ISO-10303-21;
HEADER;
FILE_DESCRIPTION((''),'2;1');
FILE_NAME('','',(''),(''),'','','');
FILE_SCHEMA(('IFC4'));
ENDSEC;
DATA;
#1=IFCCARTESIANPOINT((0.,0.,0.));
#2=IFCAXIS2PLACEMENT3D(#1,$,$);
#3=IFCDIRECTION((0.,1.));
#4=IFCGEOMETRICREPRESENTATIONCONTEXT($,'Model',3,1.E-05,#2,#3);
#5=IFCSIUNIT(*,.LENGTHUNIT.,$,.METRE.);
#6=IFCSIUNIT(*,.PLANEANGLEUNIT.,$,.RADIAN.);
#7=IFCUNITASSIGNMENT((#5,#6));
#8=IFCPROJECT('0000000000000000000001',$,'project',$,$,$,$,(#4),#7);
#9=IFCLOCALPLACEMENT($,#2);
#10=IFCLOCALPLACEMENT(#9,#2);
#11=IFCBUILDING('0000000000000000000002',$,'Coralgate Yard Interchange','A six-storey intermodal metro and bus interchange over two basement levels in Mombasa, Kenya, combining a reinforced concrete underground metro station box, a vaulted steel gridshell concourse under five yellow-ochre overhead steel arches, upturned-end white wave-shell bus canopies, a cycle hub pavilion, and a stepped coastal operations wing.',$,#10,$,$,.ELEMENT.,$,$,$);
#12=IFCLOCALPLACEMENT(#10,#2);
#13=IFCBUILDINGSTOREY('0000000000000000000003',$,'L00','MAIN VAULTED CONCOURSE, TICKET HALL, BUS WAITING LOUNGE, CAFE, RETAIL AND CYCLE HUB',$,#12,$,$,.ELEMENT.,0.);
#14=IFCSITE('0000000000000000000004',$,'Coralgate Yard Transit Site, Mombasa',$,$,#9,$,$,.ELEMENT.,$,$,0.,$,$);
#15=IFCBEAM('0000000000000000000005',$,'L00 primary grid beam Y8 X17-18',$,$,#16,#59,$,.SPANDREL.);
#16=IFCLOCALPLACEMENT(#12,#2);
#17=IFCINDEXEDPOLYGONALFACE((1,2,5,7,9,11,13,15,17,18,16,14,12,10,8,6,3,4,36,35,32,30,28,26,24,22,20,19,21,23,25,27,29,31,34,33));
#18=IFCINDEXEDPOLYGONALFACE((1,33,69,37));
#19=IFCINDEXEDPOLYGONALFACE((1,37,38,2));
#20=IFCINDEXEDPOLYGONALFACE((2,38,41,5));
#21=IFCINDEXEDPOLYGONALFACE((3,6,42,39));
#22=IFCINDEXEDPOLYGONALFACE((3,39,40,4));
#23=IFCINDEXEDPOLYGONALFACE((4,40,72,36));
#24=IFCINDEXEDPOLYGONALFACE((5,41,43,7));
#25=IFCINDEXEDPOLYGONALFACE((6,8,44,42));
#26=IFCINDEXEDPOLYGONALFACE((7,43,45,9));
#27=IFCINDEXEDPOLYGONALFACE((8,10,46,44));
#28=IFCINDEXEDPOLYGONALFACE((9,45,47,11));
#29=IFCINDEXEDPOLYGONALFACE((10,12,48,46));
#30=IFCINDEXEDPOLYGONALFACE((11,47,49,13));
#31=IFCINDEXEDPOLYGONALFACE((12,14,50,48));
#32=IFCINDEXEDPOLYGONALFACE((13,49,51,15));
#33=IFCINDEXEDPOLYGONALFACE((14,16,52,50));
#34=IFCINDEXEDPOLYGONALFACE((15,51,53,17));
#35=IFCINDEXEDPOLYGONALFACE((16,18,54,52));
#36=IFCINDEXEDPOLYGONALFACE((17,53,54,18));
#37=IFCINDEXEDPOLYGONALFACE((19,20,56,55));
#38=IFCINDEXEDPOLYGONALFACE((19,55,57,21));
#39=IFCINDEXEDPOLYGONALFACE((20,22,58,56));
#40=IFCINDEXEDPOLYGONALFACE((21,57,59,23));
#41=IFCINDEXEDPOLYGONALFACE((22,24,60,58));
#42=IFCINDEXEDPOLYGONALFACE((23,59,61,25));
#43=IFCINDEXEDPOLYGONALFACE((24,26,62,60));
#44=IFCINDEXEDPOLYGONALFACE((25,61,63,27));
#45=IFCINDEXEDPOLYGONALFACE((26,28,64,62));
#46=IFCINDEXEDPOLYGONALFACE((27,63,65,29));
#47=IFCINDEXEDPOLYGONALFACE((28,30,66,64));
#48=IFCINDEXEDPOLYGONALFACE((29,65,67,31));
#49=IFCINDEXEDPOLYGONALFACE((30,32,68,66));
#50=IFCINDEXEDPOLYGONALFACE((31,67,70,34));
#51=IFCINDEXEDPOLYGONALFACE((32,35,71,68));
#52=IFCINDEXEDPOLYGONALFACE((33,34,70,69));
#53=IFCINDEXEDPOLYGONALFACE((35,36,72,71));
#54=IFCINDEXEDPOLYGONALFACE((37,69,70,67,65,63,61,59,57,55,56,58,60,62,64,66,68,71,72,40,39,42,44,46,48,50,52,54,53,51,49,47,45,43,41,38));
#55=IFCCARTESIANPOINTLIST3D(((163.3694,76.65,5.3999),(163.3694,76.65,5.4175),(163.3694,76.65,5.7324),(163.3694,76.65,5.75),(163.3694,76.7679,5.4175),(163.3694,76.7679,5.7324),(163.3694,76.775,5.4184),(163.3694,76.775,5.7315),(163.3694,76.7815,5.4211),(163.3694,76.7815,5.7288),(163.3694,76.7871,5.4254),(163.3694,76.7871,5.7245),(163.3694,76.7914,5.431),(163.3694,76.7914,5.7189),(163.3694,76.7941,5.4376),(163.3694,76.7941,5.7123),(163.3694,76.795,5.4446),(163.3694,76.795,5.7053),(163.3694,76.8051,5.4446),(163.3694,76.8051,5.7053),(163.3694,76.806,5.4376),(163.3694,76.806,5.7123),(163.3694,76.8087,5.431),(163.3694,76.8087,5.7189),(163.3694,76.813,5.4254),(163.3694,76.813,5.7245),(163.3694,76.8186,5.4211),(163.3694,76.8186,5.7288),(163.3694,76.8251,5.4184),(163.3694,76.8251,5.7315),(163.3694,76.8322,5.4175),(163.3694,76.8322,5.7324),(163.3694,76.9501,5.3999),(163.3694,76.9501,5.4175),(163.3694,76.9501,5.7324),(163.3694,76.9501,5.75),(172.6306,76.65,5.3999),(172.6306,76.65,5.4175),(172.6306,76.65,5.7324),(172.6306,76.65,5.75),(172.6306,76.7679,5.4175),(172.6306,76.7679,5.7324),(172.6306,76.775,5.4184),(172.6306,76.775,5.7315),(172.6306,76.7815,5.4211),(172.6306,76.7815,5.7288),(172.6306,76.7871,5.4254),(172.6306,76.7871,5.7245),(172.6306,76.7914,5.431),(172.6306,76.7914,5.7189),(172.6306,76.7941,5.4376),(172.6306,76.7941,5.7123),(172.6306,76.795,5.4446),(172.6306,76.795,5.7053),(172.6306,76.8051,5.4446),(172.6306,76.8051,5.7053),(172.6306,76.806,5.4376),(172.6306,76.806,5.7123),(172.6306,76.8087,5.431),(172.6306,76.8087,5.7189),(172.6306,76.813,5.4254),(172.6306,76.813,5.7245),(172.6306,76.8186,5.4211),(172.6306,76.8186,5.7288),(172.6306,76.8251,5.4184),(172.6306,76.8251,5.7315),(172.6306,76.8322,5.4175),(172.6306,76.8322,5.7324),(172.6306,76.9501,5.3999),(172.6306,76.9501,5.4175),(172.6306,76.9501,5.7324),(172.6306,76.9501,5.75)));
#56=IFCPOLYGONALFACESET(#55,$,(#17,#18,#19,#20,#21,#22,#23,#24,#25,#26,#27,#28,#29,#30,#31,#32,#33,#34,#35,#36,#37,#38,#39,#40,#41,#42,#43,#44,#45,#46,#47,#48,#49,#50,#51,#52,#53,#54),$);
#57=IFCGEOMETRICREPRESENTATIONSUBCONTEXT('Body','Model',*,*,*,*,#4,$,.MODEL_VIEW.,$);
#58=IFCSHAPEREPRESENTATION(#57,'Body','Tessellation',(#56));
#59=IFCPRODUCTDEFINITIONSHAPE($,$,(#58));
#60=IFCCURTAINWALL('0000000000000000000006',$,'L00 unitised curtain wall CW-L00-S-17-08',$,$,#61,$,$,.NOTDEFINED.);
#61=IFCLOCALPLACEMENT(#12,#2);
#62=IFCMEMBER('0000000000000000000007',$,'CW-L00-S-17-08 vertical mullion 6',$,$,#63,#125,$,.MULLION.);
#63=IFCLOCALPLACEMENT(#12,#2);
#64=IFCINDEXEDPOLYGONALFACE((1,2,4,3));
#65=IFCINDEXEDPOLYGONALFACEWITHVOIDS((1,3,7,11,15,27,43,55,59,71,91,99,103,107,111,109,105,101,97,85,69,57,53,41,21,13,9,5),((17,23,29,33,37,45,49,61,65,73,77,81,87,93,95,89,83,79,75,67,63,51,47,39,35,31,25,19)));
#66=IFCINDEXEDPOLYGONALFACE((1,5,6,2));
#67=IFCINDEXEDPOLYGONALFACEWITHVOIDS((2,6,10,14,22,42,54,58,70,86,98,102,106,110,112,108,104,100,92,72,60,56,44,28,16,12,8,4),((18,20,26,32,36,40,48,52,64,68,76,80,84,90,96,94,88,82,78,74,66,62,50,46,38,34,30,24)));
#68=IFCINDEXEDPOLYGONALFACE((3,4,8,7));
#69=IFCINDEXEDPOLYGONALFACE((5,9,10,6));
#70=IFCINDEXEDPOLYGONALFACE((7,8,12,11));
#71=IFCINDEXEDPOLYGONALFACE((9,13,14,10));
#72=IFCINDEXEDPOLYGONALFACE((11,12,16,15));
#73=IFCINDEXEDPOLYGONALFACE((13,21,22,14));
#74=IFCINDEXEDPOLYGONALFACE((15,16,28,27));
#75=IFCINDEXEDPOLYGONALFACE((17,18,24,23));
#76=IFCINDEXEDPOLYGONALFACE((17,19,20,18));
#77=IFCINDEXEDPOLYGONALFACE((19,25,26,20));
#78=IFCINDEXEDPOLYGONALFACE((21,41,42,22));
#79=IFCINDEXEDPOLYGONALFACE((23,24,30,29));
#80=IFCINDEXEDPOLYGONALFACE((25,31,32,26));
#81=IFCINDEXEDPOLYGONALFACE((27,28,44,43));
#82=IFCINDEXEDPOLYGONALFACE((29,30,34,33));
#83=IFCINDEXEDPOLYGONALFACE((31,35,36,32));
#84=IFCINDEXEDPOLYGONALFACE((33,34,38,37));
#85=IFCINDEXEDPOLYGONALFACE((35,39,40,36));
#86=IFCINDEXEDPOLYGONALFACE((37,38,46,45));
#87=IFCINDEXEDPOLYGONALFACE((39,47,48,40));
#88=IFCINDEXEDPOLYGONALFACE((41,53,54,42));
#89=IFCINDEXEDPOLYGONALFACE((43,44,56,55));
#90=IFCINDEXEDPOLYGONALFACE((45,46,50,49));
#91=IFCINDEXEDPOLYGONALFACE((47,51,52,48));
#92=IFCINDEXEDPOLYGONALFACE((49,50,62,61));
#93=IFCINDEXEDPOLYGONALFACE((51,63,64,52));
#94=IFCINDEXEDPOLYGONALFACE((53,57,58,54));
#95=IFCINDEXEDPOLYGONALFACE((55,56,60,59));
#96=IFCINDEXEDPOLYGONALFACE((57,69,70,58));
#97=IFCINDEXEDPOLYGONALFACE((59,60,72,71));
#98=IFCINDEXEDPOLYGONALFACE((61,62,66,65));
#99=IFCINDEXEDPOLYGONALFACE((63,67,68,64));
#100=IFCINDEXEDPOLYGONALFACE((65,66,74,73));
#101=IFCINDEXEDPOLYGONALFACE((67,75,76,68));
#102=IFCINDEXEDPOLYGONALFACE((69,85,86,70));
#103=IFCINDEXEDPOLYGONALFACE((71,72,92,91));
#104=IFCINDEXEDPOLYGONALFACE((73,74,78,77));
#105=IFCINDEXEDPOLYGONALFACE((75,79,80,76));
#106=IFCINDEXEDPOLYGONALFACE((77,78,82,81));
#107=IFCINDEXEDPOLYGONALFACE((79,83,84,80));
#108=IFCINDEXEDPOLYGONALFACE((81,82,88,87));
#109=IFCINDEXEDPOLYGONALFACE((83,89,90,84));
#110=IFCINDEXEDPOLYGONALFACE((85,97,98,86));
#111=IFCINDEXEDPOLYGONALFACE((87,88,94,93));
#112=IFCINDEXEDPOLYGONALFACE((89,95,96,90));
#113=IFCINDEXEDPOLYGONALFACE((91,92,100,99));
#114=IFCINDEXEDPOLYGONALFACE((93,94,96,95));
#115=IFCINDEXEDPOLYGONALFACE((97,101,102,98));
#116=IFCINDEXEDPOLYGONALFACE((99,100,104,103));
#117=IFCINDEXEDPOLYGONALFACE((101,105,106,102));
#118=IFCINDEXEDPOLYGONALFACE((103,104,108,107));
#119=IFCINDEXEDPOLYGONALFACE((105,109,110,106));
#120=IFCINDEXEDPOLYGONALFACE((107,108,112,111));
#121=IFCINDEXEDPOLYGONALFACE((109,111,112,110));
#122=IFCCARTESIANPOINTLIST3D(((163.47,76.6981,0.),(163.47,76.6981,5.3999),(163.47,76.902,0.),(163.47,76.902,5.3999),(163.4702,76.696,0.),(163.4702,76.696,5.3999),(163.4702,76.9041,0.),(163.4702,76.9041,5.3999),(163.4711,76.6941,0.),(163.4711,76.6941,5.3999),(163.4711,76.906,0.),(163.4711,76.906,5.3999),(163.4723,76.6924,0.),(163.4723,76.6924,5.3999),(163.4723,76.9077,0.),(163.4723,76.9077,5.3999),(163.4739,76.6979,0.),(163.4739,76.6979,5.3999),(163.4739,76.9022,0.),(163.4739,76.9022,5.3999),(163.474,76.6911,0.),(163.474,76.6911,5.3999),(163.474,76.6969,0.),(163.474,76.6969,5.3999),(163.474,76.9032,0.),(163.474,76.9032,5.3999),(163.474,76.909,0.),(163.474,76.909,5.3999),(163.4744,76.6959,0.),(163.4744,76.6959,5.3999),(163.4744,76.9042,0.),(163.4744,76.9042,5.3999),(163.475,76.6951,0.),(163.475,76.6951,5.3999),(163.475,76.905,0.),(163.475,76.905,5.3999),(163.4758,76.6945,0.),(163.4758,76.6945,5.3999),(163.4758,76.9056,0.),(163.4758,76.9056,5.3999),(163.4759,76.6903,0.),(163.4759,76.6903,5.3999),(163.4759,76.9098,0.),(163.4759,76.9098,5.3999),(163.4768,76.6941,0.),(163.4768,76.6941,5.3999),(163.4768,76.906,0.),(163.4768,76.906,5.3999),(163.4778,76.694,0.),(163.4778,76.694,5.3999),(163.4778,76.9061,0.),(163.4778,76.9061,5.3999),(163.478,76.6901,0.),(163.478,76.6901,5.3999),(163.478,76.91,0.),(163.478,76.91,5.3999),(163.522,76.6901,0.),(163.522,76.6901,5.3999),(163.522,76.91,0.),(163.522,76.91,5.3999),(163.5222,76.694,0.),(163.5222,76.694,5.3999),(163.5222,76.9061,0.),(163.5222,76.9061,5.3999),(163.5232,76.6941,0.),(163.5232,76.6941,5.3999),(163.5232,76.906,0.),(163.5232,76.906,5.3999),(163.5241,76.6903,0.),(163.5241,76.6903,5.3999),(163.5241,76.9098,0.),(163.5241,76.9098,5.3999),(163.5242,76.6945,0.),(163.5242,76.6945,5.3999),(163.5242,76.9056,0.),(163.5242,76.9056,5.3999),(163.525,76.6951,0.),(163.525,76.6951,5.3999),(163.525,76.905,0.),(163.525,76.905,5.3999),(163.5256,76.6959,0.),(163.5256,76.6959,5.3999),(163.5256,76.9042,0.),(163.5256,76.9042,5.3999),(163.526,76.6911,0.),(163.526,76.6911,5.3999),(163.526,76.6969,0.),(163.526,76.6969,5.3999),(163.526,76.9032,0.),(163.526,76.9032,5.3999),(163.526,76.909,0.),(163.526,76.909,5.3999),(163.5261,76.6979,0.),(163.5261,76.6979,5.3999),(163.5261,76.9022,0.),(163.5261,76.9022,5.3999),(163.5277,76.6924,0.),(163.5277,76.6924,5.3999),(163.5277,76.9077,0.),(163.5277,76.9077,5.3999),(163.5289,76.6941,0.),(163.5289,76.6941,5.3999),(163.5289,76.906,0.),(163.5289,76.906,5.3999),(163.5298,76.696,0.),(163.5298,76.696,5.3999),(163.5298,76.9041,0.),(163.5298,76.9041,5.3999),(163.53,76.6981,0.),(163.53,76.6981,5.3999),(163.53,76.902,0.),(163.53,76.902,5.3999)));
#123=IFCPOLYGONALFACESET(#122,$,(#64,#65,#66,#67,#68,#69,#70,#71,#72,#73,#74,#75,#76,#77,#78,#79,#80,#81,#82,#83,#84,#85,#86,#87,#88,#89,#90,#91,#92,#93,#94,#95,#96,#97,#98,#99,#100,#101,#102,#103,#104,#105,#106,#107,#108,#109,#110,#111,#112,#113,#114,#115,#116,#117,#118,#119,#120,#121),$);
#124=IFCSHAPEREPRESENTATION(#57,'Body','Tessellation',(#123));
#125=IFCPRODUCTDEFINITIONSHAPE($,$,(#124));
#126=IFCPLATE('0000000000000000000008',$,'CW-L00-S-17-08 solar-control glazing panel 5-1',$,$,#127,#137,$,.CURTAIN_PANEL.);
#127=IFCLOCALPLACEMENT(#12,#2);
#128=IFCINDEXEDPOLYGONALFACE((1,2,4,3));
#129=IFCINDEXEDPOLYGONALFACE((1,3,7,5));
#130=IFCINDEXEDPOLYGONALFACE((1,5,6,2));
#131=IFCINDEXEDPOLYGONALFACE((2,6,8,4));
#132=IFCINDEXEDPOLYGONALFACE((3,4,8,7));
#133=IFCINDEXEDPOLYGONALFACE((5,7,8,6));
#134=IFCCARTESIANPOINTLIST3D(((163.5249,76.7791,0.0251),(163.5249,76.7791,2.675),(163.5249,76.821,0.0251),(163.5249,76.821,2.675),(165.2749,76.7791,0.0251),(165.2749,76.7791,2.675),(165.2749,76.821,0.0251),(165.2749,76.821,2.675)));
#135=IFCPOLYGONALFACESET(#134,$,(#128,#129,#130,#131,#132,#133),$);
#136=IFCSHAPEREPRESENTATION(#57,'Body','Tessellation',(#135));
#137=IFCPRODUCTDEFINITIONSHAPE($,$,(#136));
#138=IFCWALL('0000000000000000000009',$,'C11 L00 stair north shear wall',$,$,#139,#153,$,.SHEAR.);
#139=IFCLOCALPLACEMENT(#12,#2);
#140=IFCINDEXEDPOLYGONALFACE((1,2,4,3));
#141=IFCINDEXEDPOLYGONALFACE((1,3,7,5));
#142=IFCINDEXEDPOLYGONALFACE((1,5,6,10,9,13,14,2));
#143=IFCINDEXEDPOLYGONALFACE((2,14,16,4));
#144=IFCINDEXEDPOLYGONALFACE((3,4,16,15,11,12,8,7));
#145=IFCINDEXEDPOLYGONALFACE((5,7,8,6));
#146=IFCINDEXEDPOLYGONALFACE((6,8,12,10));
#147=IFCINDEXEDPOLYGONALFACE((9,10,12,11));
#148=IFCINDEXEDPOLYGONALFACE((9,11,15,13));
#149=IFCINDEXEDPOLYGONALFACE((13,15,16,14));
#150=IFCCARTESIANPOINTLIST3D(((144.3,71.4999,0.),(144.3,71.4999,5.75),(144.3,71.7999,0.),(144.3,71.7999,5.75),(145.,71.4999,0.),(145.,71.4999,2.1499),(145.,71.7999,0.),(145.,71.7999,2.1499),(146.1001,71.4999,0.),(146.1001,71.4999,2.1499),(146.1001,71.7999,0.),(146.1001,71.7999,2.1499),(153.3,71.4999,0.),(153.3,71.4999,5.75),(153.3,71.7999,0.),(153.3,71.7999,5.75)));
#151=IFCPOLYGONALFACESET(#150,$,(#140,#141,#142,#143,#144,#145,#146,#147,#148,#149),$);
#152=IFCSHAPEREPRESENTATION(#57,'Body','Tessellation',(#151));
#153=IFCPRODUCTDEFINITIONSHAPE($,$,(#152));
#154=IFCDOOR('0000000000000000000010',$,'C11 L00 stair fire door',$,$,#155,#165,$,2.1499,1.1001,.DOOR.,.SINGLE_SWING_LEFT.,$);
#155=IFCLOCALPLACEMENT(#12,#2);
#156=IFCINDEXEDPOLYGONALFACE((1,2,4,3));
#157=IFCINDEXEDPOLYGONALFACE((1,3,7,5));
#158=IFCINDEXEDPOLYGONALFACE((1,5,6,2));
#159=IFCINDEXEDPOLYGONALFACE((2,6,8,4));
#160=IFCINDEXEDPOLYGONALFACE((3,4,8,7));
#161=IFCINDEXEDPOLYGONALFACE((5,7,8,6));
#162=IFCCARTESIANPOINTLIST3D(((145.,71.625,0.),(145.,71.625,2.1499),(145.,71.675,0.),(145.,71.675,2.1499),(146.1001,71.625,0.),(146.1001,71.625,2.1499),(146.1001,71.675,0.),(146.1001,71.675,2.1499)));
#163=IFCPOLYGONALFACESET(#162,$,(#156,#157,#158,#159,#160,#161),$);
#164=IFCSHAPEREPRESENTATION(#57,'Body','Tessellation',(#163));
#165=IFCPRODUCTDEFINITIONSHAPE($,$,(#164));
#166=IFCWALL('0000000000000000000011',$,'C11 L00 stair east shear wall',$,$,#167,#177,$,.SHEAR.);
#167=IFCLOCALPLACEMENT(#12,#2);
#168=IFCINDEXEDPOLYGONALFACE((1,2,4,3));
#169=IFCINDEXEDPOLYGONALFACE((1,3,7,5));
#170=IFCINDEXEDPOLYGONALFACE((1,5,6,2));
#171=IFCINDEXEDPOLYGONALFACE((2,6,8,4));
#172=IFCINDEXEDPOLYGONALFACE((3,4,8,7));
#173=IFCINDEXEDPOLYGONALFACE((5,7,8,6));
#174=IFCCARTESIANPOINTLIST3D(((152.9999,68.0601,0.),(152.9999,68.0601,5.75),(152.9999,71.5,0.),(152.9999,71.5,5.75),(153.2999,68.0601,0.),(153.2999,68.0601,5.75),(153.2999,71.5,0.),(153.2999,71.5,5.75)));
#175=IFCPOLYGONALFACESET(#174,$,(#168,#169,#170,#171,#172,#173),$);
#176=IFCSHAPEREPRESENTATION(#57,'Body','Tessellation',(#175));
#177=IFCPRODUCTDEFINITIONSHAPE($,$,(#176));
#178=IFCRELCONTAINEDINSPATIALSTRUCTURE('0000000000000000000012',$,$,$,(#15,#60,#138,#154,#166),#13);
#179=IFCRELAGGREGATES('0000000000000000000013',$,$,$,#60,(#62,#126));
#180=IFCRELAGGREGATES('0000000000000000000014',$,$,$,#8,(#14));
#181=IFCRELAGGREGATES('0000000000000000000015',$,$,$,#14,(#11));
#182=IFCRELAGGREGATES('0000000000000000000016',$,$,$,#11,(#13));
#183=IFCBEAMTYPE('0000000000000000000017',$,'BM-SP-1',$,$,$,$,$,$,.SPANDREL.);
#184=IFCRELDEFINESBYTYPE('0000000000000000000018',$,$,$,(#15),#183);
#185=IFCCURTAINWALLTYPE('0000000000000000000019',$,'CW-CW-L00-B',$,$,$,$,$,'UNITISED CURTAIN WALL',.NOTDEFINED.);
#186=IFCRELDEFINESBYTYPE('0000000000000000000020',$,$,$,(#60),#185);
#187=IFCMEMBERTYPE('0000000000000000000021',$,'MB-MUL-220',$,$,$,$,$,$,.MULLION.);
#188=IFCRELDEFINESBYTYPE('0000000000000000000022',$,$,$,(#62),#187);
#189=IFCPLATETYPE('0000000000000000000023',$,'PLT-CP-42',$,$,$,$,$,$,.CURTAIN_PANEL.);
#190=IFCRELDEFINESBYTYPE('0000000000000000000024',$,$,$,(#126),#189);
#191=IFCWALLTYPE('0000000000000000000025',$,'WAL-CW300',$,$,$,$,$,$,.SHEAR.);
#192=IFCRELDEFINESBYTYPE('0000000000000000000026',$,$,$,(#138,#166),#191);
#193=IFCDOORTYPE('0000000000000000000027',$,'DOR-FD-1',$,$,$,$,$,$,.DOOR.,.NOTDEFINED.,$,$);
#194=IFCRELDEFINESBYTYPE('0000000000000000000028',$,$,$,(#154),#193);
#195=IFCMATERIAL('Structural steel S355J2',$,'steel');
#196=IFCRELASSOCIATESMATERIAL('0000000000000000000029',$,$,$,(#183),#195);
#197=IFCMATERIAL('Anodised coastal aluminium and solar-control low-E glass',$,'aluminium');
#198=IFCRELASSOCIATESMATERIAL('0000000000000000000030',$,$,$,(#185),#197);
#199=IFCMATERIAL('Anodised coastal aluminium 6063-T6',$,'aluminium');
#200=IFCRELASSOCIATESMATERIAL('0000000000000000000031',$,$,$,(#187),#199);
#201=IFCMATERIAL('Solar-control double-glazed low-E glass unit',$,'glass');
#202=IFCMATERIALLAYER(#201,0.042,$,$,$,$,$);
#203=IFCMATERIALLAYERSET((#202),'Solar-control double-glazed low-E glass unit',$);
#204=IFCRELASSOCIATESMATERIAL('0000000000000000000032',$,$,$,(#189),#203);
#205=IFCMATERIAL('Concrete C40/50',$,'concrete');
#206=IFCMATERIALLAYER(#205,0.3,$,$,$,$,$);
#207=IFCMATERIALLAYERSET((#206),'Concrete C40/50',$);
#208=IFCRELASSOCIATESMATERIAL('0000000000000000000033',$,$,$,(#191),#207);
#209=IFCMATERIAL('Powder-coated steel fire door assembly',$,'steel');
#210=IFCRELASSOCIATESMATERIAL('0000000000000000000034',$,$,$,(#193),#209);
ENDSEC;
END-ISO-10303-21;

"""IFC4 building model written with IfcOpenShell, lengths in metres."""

from ifc_helpers import new_model, si_unit, direction, frame, frame_2d, origin, origin_2d, place, context, subcontext, project, spatial, rectangle, hollow_rectangle, i_section, extrude, material, layer, layer_set, material_profile, profile_set, type_object, element, fill, aggregate, save


model = new_model("IFC4")

# Units and contexts
model_context = context("Model", 3, precision=1e-05, world=origin(), true_north=direction((0.0, 1.0)))
body_context = subcontext(model_context, "Body", "Model", "MODEL_VIEW")
ifc_project = project(units=[si_unit("LENGTHUNIT", "METRE"), si_unit("PLANEANGLEUNIT", "RADIAN")], contexts=[model_context])

# Site, building, storey
site_placement = place(None, origin())
site = spatial("IfcSite", under=ifc_project, at=site_placement, Name="Coralgate Yard Transit Site, Mombasa", CompositionType="ELEMENT", RefElevation=0.0)
building_placement = place(site_placement, origin())
building = spatial("IfcBuilding", under=site, at=building_placement, Name="Coralgate Yard Interchange", Description="A six-storey intermodal metro and bus interchange over two basement levels in Mombasa, Kenya, combining a reinforced concrete underground metro station box, a vaulted steel gridshell concourse under five yellow-ochre overhead steel arches, upturned-end white wave-shell bus canopies, a cycle hub pavilion, and a stepped coastal operations wing.", CompositionType="ELEMENT")
storey_placement = place(building_placement, origin())
storey = spatial("IfcBuildingStorey", under=building, at=storey_placement, Name="L00", Description="MAIN VAULTED CONCOURSE, TICKET HALL, BUS WAITING LOUNGE, CAFE, RETAIL AND CYCLE HUB", CompositionType="ELEMENT", Elevation=0.0)

# Shared definitions
ifc_material_1 = material(Name="Concrete C40/50", Category="concrete")

# Shared definitions
ifc_material_2 = material(Name="Structural steel S355J2", Category="steel")

# Beam
ifc_material_profile_1 = material_profile(ifc_material_2, i_section(OverallWidth=0.3, OverallDepth=0.3501, WebThickness=0.01, FlangeThickness=0.0176, FilletRadius=0.0271, at=origin_2d()), Name="HEA 360")
ifc_profile_set_1 = profile_set([ifc_material_profile_1], Name="Structural steel S355J2")
beam_type_1 = type_object("IfcBeamType", Name="BM-SP-1", PredefinedType="SPANDREL", material=ifc_profile_set_1)
beam_1_placement = place(storey_placement, frame((163.3694, 76.8, 5.575), z_axis=(1.0, 0.0, 0.0), x_axis=(0.0, 1.0, 0.0)))
element("IfcBeam", 1, at=beam_1_placement, inside=storey, type_object=beam_type_1, Name="L00 primary grid beam Y8 X17-18", PredefinedType="SPANDREL", context=body_context, shape_type="SweptSolid", body=[
    extrude(i_section(OverallWidth=0.3, OverallDepth=0.3501, WebThickness=0.01, FlangeThickness=0.0176, FilletRadius=0.0271, at=origin_2d()), origin(), (0.0, 0.0, 1.0), 9.2612),
])

# Curtain wall, member, plate
ifc_material_3 = material(Name="Anodised coastal aluminium and solar-control low-E glass", Category="aluminium")
curtain_wall_type = type_object("IfcCurtainWallType", Name="CW-CW-L00-B", ElementType="UNITISED CURTAIN WALL", PredefinedType="NOTDEFINED", material=ifc_material_3)
curtain_wall_placement = place(storey_placement, origin())
curtain_wall = element("IfcCurtainWall", 2, at=curtain_wall_placement, inside=storey, type_object=curtain_wall_type, Name="L00 unitised curtain wall CW-L00-S-17-08", PredefinedType="NOTDEFINED")
ifc_material_4 = material(Name="Anodised coastal aluminium 6063-T6", Category="aluminium")
ifc_material_profile_2 = material_profile(ifc_material_4, hollow_rectangle(XDim=0.0601, YDim=0.22, WallThickness=0.0039, InnerFilletRadius=0.0039, OuterFilletRadius=0.0081, at=origin_2d()), Name="ALU 60x220x4")
ifc_profile_set_2 = profile_set([ifc_material_profile_2], Name="Anodised coastal aluminium 6063-T6")
member_type = type_object("IfcMemberType", Name="MB-MUL-220", PredefinedType="MULLION", material=ifc_profile_set_2)
member_placement = place(storey_placement, frame((163.5, 76.8, 0.0), z_axis=(0.0, 0.0, 1.0), x_axis=(1.0, 0.0, 0.0)))
member = element("IfcMember", 3, at=member_placement, type_object=member_type, Name="CW-L00-S-17-08 vertical mullion 6", PredefinedType="MULLION", context=body_context, shape_type="SweptSolid", body=[
    extrude(hollow_rectangle(XDim=0.0601, YDim=0.22, WallThickness=0.0039, InnerFilletRadius=0.0039, OuterFilletRadius=0.0081, at=origin_2d()), origin(), (0.0, 0.0, 1.0), 5.3999),
])
ifc_material_5 = material(Name="Solar-control double-glazed low-E glass unit", Category="glass")
ifc_layer_1 = layer(ifc_material_5, 0.042)
ifc_layer_set_1 = layer_set([ifc_layer_1], Name="Solar-control double-glazed low-E glass unit")
plate_type = type_object("IfcPlateType", Name="PLT-CP-42", PredefinedType="CURTAIN_PANEL", material=ifc_layer_set_1)
plate_placement = place(storey_placement, frame((164.3999, 76.8, 0.0251), z_axis=(0.0, 0.0, 1.0), x_axis=(-1.0, 0.0, 0.0)))
plate = element("IfcPlate", 4, at=plate_placement, type_object=plate_type, Name="CW-L00-S-17-08 solar-control glazing panel 5-1", PredefinedType="CURTAIN_PANEL", context=body_context, shape_type="SweptSolid", body=[
    extrude(rectangle(XDim=1.75, YDim=0.042, at=origin_2d()), origin(), (0.0, 0.0, 1.0), 2.6499),
])
aggregate(curtain_wall, [member, plate])

# Wall, opening, door
ifc_layer_2 = layer(ifc_material_1, 0.3)
ifc_layer_set_2 = layer_set([ifc_layer_2], Name="Concrete C40/50")
wall_type_1 = type_object("IfcWallType", Name="WAL-CW300", PredefinedType="SHEAR", material=ifc_layer_set_2)
wall_1_placement = place(storey_placement, frame((153.3, 71.6499, 0.0), z_axis=(0.0, 0.0, 1.0), x_axis=(-1.0, 0.0, 0.0)))
wall_1 = element("IfcWall", 5, at=wall_1_placement, inside=storey, type_object=wall_type_1, Name="C11 L00 stair north shear wall", PredefinedType="SHEAR", context=body_context, shape_type="SweptSolid", body=[
    extrude(rectangle(XDim=9.0, YDim=0.3, at=frame_2d((4.5, 0.0))), origin(), (0.0, 0.0, 1.0), 5.75),
])
opening_1_placement = place(wall_1_placement, frame((7.2, 0.0, 0.0)))
opening_1 = element("IfcOpeningElement", 6, at=opening_1_placement, cuts=wall_1, PredefinedType="OPENING", context=body_context, shape_type="SweptSolid", body=[
    extrude(rectangle(XDim=1.1001, YDim=2.1499, at=frame_2d((0.55, 1.075))), frame((0.0, 0.1599, 0.0), z_axis=(0.0, -1.0, 0.0), x_axis=(1.0, 0.0, 0.0)), (0.0, 0.0, 1.0), 0.3201),
])
ifc_material_6 = material(Name="Powder-coated steel fire door assembly", Category="steel")
door_type_1 = type_object("IfcDoorType", Name="DOR-FD-1", OperationType="NOTDEFINED", PredefinedType="DOOR", material=ifc_material_6)
door_1_placement = place(opening_1_placement, origin())
door_1 = element("IfcDoor", 7, at=door_1_placement, inside=storey, type_object=door_type_1, Name="C11 L00 stair fire door", OperationType="SINGLE_SWING_LEFT", OverallHeight=2.1499, OverallWidth=1.1001, PredefinedType="DOOR", context=body_context, shape_type="SweptSolid", body=[
    extrude(rectangle(XDim=1.1001, YDim=2.1499, at=frame_2d((0.55, 1.075))), frame((0.0, 0.0249, 0.0), z_axis=(0.0, -1.0, 0.0), x_axis=(1.0, 0.0, 0.0)), (0.0, 0.0, 1.0), 0.05),
])
fill(opening_1, door_1)

# Wall
wall_2_placement = place(storey_placement, frame((153.1499, 71.5, 0.0), z_axis=(0.0, 0.0, 1.0), x_axis=(0.0, -1.0, 0.0)))
element("IfcWall", 8, at=wall_2_placement, inside=storey, type_object=wall_type_1, Name="C11 L00 stair east shear wall", PredefinedType="SHEAR", context=body_context, shape_type="SweptSolid", body=[
    extrude(rectangle(XDim=3.4399, YDim=0.3, at=frame_2d((1.72, 0.0))), origin(), (0.0, 0.0, 1.0), 5.75),
])

save(model, "model.ifc")
